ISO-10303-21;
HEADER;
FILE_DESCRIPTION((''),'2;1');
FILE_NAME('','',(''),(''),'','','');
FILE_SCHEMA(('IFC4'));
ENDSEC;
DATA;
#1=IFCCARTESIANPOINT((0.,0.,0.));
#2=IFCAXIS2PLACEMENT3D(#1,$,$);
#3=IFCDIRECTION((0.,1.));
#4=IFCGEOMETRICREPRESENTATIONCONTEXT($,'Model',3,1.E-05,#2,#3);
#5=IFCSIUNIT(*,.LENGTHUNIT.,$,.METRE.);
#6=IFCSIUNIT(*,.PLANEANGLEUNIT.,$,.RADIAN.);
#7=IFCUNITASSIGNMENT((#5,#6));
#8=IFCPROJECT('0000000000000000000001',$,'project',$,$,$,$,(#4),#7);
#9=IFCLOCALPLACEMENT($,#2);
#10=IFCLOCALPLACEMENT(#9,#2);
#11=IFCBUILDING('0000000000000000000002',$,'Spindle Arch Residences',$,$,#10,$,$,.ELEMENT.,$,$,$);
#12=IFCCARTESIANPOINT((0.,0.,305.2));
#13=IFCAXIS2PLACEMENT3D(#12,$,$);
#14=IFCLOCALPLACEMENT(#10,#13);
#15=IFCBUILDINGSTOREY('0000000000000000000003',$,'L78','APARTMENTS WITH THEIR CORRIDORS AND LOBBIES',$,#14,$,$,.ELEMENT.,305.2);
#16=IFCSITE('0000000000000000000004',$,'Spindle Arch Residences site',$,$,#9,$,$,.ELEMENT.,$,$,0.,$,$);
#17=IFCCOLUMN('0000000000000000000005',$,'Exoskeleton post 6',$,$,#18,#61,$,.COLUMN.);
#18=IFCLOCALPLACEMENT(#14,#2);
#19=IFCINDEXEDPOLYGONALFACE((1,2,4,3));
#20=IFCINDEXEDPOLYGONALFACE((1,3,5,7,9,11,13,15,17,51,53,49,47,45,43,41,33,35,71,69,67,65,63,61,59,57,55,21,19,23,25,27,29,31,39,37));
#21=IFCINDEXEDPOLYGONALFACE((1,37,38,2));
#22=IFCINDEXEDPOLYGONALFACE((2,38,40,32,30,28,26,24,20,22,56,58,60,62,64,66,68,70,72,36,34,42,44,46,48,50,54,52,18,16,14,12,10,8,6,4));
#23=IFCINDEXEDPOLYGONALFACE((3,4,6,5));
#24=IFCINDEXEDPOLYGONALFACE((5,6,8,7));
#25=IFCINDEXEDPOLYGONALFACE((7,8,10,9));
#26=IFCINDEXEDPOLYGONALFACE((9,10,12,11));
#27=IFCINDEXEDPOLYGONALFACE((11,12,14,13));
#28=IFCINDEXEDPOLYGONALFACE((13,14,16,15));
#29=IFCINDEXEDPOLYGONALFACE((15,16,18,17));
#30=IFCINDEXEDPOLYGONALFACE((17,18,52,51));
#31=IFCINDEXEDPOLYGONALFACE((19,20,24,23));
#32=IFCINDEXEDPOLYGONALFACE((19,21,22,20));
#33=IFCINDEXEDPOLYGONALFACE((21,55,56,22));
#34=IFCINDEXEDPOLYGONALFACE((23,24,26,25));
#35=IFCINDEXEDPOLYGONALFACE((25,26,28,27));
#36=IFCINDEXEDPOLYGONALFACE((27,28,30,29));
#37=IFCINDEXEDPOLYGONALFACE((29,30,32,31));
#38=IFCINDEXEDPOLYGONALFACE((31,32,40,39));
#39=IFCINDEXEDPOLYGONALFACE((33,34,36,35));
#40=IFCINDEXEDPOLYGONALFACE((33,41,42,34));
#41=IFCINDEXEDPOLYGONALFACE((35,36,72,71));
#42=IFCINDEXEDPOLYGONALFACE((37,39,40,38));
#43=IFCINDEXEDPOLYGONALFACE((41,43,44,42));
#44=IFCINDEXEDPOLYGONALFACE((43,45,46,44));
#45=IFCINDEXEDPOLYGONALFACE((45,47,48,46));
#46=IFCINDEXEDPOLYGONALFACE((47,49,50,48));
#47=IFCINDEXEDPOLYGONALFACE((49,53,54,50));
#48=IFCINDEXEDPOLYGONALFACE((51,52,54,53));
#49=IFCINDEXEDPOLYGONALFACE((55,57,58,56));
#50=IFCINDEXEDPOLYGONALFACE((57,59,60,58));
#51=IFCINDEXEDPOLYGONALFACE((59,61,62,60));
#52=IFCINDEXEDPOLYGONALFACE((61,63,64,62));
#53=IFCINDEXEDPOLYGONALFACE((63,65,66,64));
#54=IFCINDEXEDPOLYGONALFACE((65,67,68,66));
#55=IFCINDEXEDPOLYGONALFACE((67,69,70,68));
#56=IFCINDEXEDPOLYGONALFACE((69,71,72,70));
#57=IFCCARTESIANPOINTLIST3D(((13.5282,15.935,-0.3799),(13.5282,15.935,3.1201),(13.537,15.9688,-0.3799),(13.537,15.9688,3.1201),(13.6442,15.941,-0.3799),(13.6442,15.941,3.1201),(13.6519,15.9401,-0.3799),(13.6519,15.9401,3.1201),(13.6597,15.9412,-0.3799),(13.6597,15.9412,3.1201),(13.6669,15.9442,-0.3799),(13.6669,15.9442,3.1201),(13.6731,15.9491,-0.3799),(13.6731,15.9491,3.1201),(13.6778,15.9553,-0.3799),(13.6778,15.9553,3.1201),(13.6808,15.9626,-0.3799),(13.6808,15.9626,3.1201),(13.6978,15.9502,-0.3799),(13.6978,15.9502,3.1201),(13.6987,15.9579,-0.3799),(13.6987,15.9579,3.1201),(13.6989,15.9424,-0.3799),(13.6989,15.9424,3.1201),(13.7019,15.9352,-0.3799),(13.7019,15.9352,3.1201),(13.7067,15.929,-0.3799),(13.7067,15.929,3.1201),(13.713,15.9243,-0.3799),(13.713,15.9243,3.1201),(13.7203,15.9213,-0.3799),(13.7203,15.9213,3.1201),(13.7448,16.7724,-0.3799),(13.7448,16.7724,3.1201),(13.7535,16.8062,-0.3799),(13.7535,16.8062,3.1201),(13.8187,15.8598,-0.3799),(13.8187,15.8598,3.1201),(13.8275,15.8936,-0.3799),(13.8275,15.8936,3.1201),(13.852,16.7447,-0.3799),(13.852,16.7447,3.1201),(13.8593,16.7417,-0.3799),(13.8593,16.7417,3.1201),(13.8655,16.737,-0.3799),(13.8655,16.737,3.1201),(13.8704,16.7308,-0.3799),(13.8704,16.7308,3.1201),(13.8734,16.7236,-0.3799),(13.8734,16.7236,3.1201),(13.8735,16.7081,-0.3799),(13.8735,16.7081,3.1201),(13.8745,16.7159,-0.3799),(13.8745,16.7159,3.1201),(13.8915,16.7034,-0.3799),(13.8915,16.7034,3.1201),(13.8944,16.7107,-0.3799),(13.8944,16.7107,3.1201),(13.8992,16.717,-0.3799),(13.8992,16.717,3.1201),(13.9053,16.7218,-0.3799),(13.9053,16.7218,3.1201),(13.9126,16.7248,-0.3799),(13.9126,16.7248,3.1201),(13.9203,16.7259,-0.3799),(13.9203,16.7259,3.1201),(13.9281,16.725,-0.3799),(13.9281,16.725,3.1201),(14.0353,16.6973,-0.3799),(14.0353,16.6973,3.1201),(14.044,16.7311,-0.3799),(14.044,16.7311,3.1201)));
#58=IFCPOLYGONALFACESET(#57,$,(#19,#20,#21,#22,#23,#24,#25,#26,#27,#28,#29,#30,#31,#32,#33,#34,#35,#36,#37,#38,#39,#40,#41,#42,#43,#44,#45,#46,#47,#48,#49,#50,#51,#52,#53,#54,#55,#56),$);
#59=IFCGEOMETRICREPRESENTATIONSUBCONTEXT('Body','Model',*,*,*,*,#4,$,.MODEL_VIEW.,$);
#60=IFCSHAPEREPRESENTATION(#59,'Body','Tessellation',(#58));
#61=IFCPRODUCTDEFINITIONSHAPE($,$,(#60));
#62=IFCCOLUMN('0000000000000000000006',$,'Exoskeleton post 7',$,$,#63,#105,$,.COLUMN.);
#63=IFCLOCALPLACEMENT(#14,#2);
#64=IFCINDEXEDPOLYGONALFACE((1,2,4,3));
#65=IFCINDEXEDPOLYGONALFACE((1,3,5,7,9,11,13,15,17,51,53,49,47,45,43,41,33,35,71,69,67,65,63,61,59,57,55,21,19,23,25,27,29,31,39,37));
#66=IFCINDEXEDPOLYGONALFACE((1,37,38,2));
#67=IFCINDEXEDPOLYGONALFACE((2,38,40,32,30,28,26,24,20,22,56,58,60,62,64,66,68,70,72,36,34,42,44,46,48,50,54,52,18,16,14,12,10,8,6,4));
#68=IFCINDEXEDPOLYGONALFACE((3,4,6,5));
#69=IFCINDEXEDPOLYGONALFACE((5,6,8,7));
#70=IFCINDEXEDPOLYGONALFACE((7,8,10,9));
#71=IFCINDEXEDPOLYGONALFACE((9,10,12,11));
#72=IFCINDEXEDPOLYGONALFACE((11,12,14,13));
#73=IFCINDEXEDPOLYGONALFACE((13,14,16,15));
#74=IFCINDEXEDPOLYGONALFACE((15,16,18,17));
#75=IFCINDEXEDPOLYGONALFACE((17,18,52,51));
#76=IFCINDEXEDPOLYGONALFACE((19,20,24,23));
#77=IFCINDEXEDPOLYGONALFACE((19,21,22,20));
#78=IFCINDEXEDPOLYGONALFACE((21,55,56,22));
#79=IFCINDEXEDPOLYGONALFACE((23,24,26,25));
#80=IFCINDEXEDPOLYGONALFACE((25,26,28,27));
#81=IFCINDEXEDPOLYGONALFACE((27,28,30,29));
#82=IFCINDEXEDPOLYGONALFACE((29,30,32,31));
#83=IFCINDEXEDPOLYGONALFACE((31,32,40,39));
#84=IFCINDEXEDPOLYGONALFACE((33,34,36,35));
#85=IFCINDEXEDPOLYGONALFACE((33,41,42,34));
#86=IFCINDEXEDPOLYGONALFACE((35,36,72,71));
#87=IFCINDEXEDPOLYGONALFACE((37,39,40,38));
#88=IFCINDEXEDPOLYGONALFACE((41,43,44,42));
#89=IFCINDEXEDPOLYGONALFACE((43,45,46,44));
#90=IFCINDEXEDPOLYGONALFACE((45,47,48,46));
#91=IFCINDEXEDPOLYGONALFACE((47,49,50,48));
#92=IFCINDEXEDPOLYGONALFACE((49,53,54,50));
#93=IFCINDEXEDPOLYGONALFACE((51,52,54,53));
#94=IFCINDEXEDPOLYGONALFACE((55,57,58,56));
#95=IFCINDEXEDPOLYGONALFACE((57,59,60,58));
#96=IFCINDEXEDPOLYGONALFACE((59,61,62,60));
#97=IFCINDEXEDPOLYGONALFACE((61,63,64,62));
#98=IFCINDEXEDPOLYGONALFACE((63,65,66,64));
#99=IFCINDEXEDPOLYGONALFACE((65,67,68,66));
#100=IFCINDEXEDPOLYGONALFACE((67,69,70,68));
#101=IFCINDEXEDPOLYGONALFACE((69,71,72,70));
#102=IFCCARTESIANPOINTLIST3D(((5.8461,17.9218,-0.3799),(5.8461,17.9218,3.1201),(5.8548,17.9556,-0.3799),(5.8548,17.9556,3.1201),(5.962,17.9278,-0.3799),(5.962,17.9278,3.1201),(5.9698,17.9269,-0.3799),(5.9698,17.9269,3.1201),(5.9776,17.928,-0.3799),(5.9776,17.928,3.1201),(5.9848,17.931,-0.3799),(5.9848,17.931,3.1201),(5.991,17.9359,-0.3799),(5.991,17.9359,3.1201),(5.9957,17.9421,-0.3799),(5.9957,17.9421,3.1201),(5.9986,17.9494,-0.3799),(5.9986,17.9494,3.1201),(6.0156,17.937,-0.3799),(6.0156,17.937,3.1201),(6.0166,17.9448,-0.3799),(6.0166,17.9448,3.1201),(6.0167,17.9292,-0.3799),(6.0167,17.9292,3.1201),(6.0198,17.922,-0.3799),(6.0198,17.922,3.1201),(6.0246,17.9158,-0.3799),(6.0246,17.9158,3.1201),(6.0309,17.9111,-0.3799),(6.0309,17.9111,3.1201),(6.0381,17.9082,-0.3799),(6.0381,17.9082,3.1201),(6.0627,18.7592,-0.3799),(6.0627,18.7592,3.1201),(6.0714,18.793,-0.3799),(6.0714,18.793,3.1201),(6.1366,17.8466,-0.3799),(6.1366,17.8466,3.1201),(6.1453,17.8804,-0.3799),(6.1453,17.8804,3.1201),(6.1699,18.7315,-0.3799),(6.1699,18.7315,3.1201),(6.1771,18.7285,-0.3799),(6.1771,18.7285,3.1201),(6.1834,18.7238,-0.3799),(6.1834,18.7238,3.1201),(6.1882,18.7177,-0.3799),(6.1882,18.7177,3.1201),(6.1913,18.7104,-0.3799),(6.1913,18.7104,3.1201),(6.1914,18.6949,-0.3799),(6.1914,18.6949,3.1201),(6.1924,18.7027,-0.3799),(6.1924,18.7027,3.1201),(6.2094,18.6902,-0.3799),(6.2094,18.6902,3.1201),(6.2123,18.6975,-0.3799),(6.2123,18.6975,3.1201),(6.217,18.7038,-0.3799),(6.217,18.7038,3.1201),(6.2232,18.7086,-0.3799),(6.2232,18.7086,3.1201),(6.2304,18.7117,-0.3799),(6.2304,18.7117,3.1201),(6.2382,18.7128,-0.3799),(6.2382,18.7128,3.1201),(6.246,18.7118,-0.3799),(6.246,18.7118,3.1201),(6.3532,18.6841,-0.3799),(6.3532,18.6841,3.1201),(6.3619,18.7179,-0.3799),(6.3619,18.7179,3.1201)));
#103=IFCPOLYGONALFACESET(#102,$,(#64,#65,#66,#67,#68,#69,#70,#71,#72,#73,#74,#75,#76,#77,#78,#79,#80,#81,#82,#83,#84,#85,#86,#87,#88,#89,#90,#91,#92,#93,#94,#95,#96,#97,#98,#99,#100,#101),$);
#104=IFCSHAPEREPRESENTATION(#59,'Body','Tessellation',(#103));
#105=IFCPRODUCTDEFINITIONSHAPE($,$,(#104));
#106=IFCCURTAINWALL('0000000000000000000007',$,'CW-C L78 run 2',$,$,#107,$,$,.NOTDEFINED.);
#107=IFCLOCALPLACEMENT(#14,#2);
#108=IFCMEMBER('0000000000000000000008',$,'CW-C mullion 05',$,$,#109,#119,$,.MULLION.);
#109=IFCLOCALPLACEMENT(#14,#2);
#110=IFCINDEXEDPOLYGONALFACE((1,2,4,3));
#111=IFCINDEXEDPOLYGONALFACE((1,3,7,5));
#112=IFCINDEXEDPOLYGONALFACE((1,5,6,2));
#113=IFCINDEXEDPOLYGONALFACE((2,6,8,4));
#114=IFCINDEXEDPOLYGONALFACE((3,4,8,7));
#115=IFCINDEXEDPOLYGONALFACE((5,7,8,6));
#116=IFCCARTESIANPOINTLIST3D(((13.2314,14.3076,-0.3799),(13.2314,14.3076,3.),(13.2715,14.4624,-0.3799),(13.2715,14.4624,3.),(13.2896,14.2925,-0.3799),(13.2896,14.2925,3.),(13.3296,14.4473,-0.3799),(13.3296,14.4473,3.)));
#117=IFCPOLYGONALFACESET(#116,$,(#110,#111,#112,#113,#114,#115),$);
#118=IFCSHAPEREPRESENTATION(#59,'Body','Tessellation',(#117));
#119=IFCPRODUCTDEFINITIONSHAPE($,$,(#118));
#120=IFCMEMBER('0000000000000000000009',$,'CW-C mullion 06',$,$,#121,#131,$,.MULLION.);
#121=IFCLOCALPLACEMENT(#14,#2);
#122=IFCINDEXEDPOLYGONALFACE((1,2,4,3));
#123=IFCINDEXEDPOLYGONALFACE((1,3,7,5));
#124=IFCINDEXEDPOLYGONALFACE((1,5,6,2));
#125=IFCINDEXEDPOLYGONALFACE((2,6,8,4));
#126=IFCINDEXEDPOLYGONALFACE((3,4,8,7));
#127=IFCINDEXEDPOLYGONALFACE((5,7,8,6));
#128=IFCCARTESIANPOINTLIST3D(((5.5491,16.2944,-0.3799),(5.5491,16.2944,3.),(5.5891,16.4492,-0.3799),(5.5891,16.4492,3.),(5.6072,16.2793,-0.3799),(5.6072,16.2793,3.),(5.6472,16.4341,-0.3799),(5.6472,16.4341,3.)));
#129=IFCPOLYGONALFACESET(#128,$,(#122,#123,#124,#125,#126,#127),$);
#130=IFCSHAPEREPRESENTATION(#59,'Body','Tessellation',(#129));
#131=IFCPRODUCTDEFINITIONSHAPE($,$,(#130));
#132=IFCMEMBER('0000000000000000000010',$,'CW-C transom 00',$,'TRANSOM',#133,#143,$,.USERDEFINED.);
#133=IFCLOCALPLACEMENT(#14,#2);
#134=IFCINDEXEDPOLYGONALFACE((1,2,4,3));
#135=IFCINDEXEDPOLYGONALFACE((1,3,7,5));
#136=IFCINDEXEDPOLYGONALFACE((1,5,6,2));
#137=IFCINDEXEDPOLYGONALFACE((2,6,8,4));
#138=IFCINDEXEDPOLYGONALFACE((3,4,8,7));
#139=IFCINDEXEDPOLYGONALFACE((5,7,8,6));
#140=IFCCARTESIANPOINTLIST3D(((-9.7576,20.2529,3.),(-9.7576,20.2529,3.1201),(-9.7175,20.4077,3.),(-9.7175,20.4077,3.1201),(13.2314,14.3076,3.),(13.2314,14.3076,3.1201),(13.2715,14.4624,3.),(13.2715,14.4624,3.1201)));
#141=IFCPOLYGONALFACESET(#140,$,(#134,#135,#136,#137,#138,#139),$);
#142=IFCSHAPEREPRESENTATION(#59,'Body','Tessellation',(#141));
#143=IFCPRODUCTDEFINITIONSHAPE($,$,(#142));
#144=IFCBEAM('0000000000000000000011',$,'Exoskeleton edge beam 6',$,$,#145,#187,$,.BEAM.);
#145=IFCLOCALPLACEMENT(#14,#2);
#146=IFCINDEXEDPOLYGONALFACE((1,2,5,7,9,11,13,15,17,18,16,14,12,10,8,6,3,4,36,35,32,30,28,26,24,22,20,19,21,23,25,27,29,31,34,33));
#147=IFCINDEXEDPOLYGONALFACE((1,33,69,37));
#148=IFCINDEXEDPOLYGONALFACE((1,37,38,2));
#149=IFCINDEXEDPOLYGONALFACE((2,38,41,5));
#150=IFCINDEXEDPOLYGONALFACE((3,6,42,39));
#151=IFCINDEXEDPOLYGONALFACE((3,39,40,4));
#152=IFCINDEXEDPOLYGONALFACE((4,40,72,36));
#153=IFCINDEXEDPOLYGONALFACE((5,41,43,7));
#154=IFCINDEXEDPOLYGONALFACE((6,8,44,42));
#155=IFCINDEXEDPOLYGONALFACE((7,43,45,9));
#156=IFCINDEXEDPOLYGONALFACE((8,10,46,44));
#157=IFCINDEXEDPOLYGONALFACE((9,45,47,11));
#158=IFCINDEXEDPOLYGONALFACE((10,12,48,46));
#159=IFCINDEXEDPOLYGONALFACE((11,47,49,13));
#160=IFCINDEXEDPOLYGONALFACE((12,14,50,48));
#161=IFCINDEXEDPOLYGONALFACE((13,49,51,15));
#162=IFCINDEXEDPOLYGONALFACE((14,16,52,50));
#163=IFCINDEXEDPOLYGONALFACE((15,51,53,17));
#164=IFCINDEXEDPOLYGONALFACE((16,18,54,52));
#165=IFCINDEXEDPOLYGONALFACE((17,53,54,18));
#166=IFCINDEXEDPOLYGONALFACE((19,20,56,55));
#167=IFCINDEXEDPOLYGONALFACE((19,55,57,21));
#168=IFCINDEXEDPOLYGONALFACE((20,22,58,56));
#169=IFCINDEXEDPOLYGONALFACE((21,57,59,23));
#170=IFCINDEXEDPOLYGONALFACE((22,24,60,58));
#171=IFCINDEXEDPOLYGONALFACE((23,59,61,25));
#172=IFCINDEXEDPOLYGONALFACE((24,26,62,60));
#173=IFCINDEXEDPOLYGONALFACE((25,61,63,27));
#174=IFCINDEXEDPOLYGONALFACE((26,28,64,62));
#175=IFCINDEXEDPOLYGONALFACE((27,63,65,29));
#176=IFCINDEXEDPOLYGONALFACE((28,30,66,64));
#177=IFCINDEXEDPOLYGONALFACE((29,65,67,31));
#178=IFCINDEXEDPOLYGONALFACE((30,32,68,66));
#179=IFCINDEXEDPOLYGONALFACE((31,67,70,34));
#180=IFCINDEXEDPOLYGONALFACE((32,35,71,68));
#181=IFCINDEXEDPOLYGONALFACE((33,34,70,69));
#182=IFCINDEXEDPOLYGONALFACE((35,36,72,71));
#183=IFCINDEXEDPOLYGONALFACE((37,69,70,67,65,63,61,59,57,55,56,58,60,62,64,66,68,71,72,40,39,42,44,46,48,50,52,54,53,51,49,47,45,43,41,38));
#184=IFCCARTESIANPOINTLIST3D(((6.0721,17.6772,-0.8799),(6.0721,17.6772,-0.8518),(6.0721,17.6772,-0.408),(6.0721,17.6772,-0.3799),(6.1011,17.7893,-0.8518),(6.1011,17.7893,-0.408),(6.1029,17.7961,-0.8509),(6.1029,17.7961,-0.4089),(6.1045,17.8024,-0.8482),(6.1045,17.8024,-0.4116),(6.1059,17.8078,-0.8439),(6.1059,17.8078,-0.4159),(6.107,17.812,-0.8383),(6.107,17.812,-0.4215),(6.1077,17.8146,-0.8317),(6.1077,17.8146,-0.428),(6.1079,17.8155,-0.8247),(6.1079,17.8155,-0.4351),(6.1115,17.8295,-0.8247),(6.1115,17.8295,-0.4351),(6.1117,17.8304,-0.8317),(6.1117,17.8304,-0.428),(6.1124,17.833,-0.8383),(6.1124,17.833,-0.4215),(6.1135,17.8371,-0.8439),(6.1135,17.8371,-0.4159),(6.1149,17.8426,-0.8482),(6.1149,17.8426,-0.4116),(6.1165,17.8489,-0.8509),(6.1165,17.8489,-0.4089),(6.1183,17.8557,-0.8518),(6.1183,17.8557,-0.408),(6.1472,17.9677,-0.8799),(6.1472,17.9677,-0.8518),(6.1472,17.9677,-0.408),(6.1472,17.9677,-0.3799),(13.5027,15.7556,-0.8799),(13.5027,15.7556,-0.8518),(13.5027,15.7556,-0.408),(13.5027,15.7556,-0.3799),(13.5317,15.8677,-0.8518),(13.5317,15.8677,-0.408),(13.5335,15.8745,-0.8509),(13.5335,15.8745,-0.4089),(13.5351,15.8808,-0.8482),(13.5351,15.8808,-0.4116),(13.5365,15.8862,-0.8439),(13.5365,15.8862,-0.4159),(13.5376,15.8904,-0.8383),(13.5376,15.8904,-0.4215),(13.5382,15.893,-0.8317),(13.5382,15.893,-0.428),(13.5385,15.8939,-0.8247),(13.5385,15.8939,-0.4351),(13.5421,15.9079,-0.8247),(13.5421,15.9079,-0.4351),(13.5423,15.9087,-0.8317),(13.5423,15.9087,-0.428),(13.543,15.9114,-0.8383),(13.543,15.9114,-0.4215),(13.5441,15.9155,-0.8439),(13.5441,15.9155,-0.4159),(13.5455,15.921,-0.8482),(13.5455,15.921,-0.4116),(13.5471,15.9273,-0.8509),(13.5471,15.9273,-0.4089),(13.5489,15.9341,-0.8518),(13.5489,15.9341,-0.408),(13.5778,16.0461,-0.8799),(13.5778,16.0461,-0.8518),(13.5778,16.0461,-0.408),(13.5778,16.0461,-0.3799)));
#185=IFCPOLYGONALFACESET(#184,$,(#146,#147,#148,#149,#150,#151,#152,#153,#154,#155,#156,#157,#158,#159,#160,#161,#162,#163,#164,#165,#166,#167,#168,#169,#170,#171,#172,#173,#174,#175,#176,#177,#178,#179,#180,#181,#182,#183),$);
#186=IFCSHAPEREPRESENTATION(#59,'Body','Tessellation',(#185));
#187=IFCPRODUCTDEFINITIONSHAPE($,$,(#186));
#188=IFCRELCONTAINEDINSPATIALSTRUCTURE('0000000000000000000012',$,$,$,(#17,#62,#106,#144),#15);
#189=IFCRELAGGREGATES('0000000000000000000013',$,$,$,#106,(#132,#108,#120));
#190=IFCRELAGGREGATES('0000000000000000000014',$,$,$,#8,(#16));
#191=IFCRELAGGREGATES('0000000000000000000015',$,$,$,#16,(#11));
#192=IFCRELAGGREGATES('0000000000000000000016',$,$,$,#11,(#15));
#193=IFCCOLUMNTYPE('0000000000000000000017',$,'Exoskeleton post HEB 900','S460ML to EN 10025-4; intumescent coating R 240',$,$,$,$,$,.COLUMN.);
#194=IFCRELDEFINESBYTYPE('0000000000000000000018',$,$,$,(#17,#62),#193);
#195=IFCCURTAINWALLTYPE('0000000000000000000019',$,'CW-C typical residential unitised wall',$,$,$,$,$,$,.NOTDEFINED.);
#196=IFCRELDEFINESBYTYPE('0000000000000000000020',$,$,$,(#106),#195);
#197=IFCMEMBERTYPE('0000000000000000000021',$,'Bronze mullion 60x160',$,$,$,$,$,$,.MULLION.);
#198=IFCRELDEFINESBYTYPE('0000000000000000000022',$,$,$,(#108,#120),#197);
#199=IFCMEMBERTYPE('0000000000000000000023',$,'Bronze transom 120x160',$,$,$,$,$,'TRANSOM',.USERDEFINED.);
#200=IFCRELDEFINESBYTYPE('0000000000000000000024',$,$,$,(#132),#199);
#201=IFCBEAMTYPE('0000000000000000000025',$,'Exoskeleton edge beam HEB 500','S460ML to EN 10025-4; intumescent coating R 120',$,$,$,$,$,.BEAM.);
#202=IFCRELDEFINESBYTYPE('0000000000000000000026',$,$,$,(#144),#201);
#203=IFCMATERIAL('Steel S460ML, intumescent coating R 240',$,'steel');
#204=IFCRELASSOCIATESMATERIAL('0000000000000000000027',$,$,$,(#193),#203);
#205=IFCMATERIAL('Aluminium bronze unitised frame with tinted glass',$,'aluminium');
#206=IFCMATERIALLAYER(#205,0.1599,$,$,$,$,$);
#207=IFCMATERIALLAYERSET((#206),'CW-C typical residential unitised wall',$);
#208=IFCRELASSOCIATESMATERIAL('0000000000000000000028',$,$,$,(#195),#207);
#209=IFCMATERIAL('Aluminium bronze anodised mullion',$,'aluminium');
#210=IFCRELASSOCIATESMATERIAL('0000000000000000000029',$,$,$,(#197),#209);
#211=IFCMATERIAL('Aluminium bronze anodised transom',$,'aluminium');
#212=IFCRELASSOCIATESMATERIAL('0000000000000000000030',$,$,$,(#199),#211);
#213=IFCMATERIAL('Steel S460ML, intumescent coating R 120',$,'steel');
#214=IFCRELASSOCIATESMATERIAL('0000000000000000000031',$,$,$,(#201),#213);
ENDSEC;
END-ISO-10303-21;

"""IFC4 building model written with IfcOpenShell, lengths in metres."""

from ifc_helpers import new_model, si_unit, direction, frame, origin, origin_2d, place, context, subcontext, project, spatial, rectangle, i_section, extrude, material, layer, layer_set, material_profile, profile_set, type_object, element, aggregate, save


model = new_model("IFC4")

# Units and contexts
model_context = context("Model", 3, precision=1e-05, world=origin(), true_north=direction((0.0, 1.0)))
body_context = subcontext(model_context, "Body", "Model", "MODEL_VIEW")
ifc_project = project(units=[si_unit("LENGTHUNIT", "METRE"), si_unit("PLANEANGLEUNIT", "RADIAN")], contexts=[model_context])

# Site, building, storey
site_placement = place(None, origin())
site = spatial("IfcSite", under=ifc_project, at=site_placement, Name="Spindle Arch Residences site", CompositionType="ELEMENT", RefElevation=0.0)
building_placement = place(site_placement, origin())
building = spatial("IfcBuilding", under=site, at=building_placement, Name="Spindle Arch Residences", CompositionType="ELEMENT")
storey_placement = place(building_placement, frame((0.0, 0.0, 305.2)))
storey = spatial("IfcBuildingStorey", under=building, at=storey_placement, Name="L78", Description="APARTMENTS WITH THEIR CORRIDORS AND LOBBIES", CompositionType="ELEMENT", Elevation=305.2)

# Columns
ifc_material_1 = material(Name="Steel S460ML, intumescent coating R 240", Category="steel")
ifc_material_profile_1 = material_profile(ifc_material_1, i_section(OverallWidth=0.3, OverallDepth=0.8999, WebThickness=0.0186, FlangeThickness=0.0349, FilletRadius=0.03, at=origin_2d()), Name="HEB 900")
ifc_profile_set_1 = profile_set([ifc_material_profile_1], Name="Steel S460ML, intumescent coating R 240")
column_type = type_object("IfcColumnType", Name="Exoskeleton post HEB 900", Description="S460ML to EN 10025-4; intumescent coating R 240", PredefinedType="COLUMN", material=ifc_profile_set_1)
for number, where, z_axis, x_axis, name in (
    (1, (13.7861, 16.333, -0.3799), (0.0, 0.0, 1.0), (0.968148, -0.25038, 0.0), "Exoskeleton post 6"),
    (2, (6.104, 18.3198, -0.3799), (0.0, 0.0, 1.0), (0.968148, -0.25038, 0.0), "Exoskeleton post 7"),
):
    element("IfcColumn", number, at=place(storey_placement, frame(where, z_axis=z_axis, x_axis=x_axis)), inside=storey, type_object=column_type, Name=name, PredefinedType="COLUMN", context=body_context, shape_type="SweptSolid", body=[
        extrude(i_section(OverallWidth=0.3, OverallDepth=0.8999, WebThickness=0.0186, FlangeThickness=0.0349, FilletRadius=0.03, at=origin_2d()), origin(), (0.0, 0.0, 1.0), 3.5),
    ])

# Curtain wall, members
ifc_material_2 = material(Name="Aluminium bronze unitised frame with tinted glass", Category="aluminium")
ifc_layer_1 = layer(ifc_material_2, 0.1599)
ifc_layer_set_1 = layer_set([ifc_layer_1], Name="CW-C typical residential unitised wall")
curtain_wall_type = type_object("IfcCurtainWallType", Name="CW-C typical residential unitised wall", PredefinedType="NOTDEFINED", material=ifc_layer_set_1)
curtain_wall_placement = place(storey_placement, origin())
curtain_wall = element("IfcCurtainWall", 3, at=curtain_wall_placement, inside=storey, type_object=curtain_wall_type, Name="CW-C L78 run 2", PredefinedType="NOTDEFINED")
ifc_material_3 = material(Name="Aluminium bronze anodised mullion", Category="aluminium")
ifc_material_profile_2 = material_profile(ifc_material_3, rectangle(XDim=0.1599, YDim=0.0601, at=origin_2d()), Name="MU 60x160")
ifc_profile_set_2 = profile_set([ifc_material_profile_2], Name="Aluminium bronze anodised mullion")
member_type_1 = type_object("IfcMemberType", Name="Bronze mullion 60x160", PredefinedType="MULLION", material=ifc_profile_set_2)
member_1_placement = place(storey_placement, frame((13.2805, 14.3774, -0.3799), z_axis=(0.0, 0.0, 1.0), x_axis=(-0.25038, -0.968148, 0.0)))
member_1 = element("IfcMember", 4, at=member_1_placement, type_object=member_type_1, Name="CW-C mullion 05", PredefinedType="MULLION", context=body_context, shape_type="SweptSolid", body=[
    extrude(rectangle(XDim=0.1599, YDim=0.0601, at=origin_2d()), origin(), (0.0, 0.0, 1.0), 3.3799),
])
member_2_placement = place(storey_placement, frame((5.5981, 16.3643, -0.3799), z_axis=(0.0, 0.0, 1.0), x_axis=(-0.25038, -0.968148, 0.0)))
member_2 = element("IfcMember", 5, at=member_2_placement, type_object=member_type_1, Name="CW-C mullion 06", PredefinedType="MULLION", context=body_context, shape_type="SweptSolid", body=[
    extrude(rectangle(XDim=0.1599, YDim=0.0601, at=origin_2d()), origin(), (0.0, 0.0, 1.0), 3.3799),
])
ifc_material_4 = material(Name="Aluminium bronze anodised transom", Category="aluminium")
ifc_material_profile_3 = material_profile(ifc_material_4, rectangle(XDim=0.1599, YDim=0.1201, at=origin_2d()), Name="TR 120x160")
ifc_profile_set_3 = profile_set([ifc_material_profile_3], Name="Aluminium bronze anodised transom")
member_type_2 = type_object("IfcMemberType", Name="Bronze transom 120x160", ElementType="TRANSOM", PredefinedType="USERDEFINED", material=ifc_profile_set_3)
member_3_placement = place(storey_placement, frame((13.2515, 14.385, 3.0601), z_axis=(-0.968148, 0.250378, 0.0), x_axis=(-0.250378, -0.968148, 0.0)))
member_3 = element("IfcMember", 6, at=member_3_placement, type_object=member_type_2, Name="CW-C transom 00", ObjectType="TRANSOM", PredefinedType="USERDEFINED", context=body_context, shape_type="SweptSolid", body=[
    extrude(rectangle(XDim=0.1599, YDim=0.1201, at=origin_2d()), origin(), (0.0, 0.0, 1.0), 23.7454),
])

# Beam
ifc_material_5 = material(Name="Steel S460ML, intumescent coating R 120", Category="steel")
ifc_material_profile_4 = material_profile(ifc_material_5, i_section(OverallWidth=0.3, OverallDepth=0.5, WebThickness=0.0144, FlangeThickness=0.0281, FilletRadius=0.0271, at=origin_2d()), Name="HEB 500")
ifc_profile_set_4 = profile_set([ifc_material_profile_4], Name="Steel S460ML, intumescent coating R 120")
beam_type_1 = type_object("IfcBeamType", Name="Exoskeleton edge beam HEB 500", Description="S460ML to EN 10025-4; intumescent coating R 120", PredefinedType="BEAM", material=ifc_profile_set_4)
for number, where, z_axis, x_axis, name in (
    (7, (13.5403, 15.9009, -0.6299), (-0.96815, 0.250372, 0.0), (-0.250372, -0.96815, 0.0), "Exoskeleton edge beam 6"),
):
    element("IfcBeam", number, at=place(storey_placement, frame(where, z_axis=z_axis, x_axis=x_axis)), inside=storey, type_object=beam_type_1, Name=name, PredefinedType="BEAM", context=body_context, shape_type="SweptSolid", body=[
        extrude(i_section(OverallWidth=0.3, OverallDepth=0.5, WebThickness=0.0144, FlangeThickness=0.0281, FilletRadius=0.0271, at=origin_2d()), origin(), (0.0, 0.0, 1.0), 7.675),
    ])

aggregate(curtain_wall, [member_3, member_1, member_2])

save(model, "model.ifc")
